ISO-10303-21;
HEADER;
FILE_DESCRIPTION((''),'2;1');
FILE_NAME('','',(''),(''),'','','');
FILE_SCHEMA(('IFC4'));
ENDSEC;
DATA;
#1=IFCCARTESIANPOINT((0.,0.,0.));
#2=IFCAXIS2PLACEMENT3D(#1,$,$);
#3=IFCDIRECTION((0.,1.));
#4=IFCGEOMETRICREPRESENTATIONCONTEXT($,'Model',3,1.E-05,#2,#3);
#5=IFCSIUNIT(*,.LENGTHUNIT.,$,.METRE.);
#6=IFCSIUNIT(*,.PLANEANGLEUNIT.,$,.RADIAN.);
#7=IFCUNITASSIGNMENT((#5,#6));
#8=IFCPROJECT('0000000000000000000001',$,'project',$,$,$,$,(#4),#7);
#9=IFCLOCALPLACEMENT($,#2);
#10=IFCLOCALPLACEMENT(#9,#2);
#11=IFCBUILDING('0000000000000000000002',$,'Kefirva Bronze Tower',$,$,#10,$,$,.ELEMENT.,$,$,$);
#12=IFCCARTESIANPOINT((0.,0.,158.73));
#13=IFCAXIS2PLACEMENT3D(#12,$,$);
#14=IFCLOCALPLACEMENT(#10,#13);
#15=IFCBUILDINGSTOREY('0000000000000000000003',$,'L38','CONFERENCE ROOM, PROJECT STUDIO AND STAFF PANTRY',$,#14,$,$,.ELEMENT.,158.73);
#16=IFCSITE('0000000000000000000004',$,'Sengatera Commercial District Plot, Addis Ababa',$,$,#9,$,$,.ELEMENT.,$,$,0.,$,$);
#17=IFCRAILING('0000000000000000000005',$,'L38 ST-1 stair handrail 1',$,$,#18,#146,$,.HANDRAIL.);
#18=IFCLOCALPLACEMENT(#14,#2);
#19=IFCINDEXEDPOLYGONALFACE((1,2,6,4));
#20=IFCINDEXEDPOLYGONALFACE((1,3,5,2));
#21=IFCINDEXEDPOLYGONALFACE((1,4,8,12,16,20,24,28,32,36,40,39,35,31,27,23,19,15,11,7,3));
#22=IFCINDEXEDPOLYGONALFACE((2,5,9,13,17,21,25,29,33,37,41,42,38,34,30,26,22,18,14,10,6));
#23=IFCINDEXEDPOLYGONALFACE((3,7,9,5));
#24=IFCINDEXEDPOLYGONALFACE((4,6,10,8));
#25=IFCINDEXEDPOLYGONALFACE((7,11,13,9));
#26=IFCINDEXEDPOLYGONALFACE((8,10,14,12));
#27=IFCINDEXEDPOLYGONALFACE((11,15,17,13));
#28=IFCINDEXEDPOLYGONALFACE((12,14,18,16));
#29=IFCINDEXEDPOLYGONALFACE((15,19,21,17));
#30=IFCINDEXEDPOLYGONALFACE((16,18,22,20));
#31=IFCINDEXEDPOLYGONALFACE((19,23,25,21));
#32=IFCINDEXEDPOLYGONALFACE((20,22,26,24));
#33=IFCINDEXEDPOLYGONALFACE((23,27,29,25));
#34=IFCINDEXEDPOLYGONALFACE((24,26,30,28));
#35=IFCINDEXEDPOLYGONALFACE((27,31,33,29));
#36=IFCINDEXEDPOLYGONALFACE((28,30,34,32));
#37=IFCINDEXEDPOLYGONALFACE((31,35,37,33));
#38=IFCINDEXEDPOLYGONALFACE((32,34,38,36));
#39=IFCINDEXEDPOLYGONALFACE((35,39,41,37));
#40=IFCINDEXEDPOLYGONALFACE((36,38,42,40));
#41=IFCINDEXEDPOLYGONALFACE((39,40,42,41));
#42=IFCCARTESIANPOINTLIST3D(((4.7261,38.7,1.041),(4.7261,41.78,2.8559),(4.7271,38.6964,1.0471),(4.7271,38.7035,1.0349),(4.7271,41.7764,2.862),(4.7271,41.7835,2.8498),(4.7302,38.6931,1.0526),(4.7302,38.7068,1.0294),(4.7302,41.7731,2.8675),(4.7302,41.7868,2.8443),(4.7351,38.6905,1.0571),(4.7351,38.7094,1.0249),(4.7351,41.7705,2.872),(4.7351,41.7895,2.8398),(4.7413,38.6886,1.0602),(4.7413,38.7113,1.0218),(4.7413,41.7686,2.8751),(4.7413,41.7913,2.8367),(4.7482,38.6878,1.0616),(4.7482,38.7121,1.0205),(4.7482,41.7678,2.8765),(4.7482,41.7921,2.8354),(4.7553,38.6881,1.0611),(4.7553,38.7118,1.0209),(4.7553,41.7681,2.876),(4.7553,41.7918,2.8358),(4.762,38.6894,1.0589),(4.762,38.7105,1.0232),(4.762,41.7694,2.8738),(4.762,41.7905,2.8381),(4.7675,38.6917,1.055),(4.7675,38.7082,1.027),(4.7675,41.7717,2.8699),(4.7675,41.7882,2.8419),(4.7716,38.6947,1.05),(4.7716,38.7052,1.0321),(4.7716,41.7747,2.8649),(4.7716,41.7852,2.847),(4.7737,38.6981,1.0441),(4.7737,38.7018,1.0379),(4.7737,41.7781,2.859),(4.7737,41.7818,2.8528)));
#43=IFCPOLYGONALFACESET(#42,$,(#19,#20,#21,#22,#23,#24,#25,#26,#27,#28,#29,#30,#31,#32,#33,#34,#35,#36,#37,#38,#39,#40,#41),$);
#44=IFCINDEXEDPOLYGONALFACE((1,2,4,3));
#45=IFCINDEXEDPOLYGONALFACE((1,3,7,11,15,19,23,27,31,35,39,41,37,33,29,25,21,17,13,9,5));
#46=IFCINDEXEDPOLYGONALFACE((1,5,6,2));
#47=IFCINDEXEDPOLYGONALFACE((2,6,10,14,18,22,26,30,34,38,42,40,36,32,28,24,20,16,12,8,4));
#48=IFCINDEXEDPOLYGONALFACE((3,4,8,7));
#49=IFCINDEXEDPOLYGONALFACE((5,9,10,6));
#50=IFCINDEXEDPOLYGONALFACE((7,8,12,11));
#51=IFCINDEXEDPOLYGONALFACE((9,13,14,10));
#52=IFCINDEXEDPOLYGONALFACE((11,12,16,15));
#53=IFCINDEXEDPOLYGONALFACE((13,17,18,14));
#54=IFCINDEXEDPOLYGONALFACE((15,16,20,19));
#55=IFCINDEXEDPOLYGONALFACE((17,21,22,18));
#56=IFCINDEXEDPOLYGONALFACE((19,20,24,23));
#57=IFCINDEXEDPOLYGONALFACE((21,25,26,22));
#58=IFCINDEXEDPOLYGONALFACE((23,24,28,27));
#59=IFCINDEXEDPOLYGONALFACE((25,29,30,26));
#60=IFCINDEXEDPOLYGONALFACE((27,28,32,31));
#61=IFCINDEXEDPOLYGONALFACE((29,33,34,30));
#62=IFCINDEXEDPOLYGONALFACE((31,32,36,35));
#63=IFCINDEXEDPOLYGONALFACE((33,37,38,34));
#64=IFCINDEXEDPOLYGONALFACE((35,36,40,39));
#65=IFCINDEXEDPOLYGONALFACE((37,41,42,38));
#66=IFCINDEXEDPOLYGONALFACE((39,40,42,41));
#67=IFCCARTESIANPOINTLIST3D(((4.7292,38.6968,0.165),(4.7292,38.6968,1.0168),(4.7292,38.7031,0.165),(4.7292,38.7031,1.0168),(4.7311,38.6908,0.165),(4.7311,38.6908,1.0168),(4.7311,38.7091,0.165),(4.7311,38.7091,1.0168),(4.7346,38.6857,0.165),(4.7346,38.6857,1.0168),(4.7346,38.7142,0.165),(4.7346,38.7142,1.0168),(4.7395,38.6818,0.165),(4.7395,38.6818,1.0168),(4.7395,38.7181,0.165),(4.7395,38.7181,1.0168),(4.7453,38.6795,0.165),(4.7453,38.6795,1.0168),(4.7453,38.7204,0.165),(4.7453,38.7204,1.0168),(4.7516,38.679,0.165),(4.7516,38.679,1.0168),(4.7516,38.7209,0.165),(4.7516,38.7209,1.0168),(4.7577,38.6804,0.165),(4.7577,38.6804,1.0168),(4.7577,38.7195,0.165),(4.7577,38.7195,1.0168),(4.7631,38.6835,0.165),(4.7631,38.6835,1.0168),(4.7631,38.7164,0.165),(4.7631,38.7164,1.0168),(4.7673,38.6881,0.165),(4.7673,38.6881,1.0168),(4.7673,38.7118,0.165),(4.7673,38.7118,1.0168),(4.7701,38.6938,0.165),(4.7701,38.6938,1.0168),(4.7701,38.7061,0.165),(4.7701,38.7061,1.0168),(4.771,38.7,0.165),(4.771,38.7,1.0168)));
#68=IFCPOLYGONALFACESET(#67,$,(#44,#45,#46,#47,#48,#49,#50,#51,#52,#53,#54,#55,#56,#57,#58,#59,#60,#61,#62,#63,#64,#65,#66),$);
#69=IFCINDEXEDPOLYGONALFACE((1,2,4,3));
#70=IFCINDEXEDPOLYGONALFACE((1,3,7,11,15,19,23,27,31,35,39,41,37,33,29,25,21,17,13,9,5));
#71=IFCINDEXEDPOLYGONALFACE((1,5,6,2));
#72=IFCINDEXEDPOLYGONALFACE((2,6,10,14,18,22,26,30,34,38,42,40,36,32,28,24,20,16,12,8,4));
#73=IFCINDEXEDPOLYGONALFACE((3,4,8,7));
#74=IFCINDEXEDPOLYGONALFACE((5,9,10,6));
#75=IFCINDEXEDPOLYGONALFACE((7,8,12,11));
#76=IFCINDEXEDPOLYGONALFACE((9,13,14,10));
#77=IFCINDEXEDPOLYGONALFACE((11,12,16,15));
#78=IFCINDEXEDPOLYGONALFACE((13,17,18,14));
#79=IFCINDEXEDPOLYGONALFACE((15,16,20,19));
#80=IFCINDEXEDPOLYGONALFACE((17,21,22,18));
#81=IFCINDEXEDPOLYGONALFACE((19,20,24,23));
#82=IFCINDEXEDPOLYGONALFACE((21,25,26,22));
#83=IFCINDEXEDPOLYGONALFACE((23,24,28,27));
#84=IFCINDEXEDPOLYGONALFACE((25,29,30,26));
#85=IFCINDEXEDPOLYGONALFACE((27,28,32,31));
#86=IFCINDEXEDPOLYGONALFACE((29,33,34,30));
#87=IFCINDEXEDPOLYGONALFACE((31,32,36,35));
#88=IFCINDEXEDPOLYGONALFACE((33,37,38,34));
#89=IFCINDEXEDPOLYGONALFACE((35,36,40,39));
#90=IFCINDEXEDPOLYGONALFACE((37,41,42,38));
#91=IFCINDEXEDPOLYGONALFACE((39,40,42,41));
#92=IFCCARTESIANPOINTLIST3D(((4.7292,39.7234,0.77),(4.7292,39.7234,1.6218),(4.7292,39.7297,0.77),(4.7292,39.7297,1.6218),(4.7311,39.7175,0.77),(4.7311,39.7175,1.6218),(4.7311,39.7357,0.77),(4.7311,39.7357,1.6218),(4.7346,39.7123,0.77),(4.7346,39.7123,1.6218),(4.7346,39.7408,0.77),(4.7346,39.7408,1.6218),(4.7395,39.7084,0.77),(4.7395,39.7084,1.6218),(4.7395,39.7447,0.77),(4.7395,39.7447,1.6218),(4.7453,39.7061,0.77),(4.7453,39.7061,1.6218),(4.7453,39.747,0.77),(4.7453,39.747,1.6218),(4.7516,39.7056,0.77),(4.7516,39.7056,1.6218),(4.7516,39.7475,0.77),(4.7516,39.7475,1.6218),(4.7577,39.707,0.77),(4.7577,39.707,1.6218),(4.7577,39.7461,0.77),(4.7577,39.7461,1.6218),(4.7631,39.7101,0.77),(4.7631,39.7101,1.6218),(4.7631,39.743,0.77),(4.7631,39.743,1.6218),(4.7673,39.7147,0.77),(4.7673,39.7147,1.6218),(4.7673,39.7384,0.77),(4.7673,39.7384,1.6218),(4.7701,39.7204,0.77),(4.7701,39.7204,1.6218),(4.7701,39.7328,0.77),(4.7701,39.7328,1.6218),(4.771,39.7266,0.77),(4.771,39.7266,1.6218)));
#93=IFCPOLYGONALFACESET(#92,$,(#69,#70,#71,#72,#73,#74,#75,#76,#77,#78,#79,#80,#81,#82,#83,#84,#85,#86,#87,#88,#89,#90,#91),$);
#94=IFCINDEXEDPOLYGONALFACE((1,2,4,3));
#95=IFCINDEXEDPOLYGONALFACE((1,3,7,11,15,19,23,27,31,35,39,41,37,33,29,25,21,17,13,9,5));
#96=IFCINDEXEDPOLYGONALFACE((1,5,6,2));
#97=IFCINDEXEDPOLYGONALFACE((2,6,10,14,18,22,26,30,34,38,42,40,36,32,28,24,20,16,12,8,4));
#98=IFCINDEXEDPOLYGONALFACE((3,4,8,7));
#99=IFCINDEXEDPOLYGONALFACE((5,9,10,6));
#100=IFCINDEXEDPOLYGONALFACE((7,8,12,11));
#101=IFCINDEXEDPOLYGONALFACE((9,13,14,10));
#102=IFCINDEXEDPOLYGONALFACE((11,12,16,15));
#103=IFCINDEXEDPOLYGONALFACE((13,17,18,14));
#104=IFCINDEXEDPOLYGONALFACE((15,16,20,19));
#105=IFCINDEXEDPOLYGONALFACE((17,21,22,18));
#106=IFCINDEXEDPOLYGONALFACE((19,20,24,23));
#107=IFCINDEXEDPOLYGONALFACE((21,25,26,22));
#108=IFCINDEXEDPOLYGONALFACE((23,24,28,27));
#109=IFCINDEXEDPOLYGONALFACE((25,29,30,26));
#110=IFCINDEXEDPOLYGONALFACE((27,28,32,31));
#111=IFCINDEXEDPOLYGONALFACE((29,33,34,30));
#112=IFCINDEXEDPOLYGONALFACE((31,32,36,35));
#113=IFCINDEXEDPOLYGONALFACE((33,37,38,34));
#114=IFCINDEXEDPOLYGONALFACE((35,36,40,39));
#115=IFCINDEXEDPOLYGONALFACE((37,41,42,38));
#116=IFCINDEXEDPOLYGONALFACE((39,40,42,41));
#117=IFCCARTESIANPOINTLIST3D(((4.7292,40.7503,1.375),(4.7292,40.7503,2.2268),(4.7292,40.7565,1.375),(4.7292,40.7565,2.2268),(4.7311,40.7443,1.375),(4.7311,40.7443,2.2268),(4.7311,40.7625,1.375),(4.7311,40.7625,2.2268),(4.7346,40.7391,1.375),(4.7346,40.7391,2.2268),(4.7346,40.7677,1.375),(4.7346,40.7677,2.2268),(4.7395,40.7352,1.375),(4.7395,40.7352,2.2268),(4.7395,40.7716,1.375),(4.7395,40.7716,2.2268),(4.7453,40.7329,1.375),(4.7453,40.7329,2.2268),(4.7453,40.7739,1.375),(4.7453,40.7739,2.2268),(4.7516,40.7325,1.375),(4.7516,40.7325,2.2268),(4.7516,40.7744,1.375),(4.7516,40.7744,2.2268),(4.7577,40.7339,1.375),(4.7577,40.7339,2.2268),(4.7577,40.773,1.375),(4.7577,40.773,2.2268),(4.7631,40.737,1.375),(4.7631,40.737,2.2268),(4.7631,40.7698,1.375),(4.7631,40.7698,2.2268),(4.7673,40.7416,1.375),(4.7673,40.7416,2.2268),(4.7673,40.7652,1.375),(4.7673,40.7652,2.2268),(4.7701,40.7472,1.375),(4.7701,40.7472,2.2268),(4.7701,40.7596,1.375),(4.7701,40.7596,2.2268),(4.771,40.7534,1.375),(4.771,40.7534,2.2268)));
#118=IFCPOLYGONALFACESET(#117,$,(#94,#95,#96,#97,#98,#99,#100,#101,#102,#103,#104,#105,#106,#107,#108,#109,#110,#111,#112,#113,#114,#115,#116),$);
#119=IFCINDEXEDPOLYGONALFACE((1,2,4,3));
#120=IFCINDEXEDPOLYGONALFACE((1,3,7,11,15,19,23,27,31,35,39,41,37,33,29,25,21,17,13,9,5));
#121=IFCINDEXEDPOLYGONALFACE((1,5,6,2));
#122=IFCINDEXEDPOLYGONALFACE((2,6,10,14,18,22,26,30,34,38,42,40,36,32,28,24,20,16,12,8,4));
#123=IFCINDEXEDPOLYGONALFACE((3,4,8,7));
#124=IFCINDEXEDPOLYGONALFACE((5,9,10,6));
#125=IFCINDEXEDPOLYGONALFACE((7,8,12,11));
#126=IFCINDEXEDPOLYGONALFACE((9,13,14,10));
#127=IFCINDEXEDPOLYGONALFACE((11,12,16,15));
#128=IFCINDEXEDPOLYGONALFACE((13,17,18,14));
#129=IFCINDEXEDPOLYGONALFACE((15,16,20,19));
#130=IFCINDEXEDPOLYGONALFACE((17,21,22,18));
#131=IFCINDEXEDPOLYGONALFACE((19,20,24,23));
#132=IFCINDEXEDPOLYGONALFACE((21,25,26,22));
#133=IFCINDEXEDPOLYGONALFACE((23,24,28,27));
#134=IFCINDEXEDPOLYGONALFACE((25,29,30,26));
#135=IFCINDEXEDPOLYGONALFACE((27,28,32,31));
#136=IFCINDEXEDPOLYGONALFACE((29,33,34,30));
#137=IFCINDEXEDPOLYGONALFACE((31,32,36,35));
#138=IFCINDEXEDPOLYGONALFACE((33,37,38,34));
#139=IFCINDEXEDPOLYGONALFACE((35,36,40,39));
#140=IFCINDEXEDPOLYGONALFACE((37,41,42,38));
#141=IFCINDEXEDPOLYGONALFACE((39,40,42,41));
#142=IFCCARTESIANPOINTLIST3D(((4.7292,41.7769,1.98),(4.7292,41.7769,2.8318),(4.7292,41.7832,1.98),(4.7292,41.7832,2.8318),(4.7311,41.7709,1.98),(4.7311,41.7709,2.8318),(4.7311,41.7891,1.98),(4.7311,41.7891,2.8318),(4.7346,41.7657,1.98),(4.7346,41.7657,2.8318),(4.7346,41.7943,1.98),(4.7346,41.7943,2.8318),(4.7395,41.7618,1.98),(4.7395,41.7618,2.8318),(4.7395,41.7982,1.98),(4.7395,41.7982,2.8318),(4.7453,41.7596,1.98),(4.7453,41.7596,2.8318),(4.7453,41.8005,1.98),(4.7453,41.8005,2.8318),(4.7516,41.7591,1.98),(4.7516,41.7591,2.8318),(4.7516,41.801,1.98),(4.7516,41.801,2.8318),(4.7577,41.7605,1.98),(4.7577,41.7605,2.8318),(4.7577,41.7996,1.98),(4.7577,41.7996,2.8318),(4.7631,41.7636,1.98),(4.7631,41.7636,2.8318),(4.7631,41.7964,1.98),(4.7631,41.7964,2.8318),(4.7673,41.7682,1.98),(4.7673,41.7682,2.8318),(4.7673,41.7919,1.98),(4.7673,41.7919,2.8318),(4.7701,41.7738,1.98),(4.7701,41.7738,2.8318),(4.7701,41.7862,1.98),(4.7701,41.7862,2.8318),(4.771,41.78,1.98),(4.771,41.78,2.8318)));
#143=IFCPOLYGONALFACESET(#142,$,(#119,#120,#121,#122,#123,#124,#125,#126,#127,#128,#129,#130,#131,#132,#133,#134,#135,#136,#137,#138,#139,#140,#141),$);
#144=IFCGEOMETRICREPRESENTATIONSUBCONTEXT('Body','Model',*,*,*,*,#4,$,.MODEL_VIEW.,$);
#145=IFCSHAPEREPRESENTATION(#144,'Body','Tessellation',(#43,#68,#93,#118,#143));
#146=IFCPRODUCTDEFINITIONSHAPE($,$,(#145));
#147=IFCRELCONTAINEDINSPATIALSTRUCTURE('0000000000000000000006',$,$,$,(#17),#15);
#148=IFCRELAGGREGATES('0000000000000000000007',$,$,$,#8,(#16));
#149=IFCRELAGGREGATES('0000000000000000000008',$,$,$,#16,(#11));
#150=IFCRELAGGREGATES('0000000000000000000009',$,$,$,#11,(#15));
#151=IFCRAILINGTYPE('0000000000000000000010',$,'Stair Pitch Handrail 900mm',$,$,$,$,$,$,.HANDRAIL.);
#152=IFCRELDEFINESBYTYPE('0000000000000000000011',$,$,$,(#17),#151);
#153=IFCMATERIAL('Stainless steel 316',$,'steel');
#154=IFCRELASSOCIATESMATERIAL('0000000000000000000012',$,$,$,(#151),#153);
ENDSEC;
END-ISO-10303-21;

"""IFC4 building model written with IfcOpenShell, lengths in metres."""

from ifc_helpers import new_model, si_unit, direction, frame, origin, origin_2d, place, context, subcontext, project, spatial, circle, extrude, material, type_object, element, save


model = new_model("IFC4")

# Units and contexts
model_context = context("Model", 3, precision=1e-05, world=origin(), true_north=direction((0.0, 1.0)))
body_context = subcontext(model_context, "Body", "Model", "MODEL_VIEW")
ifc_project = project(units=[si_unit("LENGTHUNIT", "METRE"), si_unit("PLANEANGLEUNIT", "RADIAN")], contexts=[model_context])

# Site, building, storey
site_placement = place(None, origin())
site = spatial("IfcSite", under=ifc_project, at=site_placement, Name="Sengatera Commercial District Plot, Addis Ababa", CompositionType="ELEMENT", RefElevation=0.0)
building_placement = place(site_placement, origin())
building = spatial("IfcBuilding", under=site, at=building_placement, Name="Kefirva Bronze Tower", CompositionType="ELEMENT")
storey_placement = place(building_placement, frame((0.0, 0.0, 158.73)))
storey = spatial("IfcBuildingStorey", under=building, at=storey_placement, Name="L38", Description="CONFERENCE ROOM, PROJECT STUDIO AND STAFF PANTRY", CompositionType="ELEMENT", Elevation=158.73)

# Shared definitions
ifc_material_1 = material(Name="Stainless steel 316", Category="steel")

# Railing
railing_type = type_object("IfcRailingType", Name="Stair Pitch Handrail 900mm", PredefinedType="HANDRAIL", material=ifc_material_1)
railing_placement = place(storey_placement, frame((4.75, 38.7, 0.165)))
element("IfcRailing", 1, at=railing_placement, inside=storey, type_object=railing_type, Name="L38 ST-1 stair handrail 1", PredefinedType="HANDRAIL", context=body_context, shape_type="SweptSolid", body=[
    extrude(circle(Radius=0.0239, at=origin_2d()), frame((0.0, 0.0, 0.876), z_axis=(0.0, 0.861551, 0.507671), x_axis=(-1.0, 0.0, 0.0)), (0.0, 0.0, 1.0), 3.575),
    extrude(circle(Radius=0.021, at=origin_2d()), origin(), (0.0, 0.0, 1.0), 0.8518),
    extrude(circle(Radius=0.021, at=origin_2d()), frame((0.0, 1.0266, 0.605)), (0.0, 0.0, 1.0), 0.8518),
    extrude(circle(Radius=0.021, at=origin_2d()), frame((0.0, 2.0535, 1.21)), (0.0, 0.0, 1.0), 0.8518),
    extrude(circle(Radius=0.021, at=origin_2d()), frame((0.0, 3.0801, 1.8149)), (0.0, 0.0, 1.0), 0.8518),
])

save(model, "model.ifc")
